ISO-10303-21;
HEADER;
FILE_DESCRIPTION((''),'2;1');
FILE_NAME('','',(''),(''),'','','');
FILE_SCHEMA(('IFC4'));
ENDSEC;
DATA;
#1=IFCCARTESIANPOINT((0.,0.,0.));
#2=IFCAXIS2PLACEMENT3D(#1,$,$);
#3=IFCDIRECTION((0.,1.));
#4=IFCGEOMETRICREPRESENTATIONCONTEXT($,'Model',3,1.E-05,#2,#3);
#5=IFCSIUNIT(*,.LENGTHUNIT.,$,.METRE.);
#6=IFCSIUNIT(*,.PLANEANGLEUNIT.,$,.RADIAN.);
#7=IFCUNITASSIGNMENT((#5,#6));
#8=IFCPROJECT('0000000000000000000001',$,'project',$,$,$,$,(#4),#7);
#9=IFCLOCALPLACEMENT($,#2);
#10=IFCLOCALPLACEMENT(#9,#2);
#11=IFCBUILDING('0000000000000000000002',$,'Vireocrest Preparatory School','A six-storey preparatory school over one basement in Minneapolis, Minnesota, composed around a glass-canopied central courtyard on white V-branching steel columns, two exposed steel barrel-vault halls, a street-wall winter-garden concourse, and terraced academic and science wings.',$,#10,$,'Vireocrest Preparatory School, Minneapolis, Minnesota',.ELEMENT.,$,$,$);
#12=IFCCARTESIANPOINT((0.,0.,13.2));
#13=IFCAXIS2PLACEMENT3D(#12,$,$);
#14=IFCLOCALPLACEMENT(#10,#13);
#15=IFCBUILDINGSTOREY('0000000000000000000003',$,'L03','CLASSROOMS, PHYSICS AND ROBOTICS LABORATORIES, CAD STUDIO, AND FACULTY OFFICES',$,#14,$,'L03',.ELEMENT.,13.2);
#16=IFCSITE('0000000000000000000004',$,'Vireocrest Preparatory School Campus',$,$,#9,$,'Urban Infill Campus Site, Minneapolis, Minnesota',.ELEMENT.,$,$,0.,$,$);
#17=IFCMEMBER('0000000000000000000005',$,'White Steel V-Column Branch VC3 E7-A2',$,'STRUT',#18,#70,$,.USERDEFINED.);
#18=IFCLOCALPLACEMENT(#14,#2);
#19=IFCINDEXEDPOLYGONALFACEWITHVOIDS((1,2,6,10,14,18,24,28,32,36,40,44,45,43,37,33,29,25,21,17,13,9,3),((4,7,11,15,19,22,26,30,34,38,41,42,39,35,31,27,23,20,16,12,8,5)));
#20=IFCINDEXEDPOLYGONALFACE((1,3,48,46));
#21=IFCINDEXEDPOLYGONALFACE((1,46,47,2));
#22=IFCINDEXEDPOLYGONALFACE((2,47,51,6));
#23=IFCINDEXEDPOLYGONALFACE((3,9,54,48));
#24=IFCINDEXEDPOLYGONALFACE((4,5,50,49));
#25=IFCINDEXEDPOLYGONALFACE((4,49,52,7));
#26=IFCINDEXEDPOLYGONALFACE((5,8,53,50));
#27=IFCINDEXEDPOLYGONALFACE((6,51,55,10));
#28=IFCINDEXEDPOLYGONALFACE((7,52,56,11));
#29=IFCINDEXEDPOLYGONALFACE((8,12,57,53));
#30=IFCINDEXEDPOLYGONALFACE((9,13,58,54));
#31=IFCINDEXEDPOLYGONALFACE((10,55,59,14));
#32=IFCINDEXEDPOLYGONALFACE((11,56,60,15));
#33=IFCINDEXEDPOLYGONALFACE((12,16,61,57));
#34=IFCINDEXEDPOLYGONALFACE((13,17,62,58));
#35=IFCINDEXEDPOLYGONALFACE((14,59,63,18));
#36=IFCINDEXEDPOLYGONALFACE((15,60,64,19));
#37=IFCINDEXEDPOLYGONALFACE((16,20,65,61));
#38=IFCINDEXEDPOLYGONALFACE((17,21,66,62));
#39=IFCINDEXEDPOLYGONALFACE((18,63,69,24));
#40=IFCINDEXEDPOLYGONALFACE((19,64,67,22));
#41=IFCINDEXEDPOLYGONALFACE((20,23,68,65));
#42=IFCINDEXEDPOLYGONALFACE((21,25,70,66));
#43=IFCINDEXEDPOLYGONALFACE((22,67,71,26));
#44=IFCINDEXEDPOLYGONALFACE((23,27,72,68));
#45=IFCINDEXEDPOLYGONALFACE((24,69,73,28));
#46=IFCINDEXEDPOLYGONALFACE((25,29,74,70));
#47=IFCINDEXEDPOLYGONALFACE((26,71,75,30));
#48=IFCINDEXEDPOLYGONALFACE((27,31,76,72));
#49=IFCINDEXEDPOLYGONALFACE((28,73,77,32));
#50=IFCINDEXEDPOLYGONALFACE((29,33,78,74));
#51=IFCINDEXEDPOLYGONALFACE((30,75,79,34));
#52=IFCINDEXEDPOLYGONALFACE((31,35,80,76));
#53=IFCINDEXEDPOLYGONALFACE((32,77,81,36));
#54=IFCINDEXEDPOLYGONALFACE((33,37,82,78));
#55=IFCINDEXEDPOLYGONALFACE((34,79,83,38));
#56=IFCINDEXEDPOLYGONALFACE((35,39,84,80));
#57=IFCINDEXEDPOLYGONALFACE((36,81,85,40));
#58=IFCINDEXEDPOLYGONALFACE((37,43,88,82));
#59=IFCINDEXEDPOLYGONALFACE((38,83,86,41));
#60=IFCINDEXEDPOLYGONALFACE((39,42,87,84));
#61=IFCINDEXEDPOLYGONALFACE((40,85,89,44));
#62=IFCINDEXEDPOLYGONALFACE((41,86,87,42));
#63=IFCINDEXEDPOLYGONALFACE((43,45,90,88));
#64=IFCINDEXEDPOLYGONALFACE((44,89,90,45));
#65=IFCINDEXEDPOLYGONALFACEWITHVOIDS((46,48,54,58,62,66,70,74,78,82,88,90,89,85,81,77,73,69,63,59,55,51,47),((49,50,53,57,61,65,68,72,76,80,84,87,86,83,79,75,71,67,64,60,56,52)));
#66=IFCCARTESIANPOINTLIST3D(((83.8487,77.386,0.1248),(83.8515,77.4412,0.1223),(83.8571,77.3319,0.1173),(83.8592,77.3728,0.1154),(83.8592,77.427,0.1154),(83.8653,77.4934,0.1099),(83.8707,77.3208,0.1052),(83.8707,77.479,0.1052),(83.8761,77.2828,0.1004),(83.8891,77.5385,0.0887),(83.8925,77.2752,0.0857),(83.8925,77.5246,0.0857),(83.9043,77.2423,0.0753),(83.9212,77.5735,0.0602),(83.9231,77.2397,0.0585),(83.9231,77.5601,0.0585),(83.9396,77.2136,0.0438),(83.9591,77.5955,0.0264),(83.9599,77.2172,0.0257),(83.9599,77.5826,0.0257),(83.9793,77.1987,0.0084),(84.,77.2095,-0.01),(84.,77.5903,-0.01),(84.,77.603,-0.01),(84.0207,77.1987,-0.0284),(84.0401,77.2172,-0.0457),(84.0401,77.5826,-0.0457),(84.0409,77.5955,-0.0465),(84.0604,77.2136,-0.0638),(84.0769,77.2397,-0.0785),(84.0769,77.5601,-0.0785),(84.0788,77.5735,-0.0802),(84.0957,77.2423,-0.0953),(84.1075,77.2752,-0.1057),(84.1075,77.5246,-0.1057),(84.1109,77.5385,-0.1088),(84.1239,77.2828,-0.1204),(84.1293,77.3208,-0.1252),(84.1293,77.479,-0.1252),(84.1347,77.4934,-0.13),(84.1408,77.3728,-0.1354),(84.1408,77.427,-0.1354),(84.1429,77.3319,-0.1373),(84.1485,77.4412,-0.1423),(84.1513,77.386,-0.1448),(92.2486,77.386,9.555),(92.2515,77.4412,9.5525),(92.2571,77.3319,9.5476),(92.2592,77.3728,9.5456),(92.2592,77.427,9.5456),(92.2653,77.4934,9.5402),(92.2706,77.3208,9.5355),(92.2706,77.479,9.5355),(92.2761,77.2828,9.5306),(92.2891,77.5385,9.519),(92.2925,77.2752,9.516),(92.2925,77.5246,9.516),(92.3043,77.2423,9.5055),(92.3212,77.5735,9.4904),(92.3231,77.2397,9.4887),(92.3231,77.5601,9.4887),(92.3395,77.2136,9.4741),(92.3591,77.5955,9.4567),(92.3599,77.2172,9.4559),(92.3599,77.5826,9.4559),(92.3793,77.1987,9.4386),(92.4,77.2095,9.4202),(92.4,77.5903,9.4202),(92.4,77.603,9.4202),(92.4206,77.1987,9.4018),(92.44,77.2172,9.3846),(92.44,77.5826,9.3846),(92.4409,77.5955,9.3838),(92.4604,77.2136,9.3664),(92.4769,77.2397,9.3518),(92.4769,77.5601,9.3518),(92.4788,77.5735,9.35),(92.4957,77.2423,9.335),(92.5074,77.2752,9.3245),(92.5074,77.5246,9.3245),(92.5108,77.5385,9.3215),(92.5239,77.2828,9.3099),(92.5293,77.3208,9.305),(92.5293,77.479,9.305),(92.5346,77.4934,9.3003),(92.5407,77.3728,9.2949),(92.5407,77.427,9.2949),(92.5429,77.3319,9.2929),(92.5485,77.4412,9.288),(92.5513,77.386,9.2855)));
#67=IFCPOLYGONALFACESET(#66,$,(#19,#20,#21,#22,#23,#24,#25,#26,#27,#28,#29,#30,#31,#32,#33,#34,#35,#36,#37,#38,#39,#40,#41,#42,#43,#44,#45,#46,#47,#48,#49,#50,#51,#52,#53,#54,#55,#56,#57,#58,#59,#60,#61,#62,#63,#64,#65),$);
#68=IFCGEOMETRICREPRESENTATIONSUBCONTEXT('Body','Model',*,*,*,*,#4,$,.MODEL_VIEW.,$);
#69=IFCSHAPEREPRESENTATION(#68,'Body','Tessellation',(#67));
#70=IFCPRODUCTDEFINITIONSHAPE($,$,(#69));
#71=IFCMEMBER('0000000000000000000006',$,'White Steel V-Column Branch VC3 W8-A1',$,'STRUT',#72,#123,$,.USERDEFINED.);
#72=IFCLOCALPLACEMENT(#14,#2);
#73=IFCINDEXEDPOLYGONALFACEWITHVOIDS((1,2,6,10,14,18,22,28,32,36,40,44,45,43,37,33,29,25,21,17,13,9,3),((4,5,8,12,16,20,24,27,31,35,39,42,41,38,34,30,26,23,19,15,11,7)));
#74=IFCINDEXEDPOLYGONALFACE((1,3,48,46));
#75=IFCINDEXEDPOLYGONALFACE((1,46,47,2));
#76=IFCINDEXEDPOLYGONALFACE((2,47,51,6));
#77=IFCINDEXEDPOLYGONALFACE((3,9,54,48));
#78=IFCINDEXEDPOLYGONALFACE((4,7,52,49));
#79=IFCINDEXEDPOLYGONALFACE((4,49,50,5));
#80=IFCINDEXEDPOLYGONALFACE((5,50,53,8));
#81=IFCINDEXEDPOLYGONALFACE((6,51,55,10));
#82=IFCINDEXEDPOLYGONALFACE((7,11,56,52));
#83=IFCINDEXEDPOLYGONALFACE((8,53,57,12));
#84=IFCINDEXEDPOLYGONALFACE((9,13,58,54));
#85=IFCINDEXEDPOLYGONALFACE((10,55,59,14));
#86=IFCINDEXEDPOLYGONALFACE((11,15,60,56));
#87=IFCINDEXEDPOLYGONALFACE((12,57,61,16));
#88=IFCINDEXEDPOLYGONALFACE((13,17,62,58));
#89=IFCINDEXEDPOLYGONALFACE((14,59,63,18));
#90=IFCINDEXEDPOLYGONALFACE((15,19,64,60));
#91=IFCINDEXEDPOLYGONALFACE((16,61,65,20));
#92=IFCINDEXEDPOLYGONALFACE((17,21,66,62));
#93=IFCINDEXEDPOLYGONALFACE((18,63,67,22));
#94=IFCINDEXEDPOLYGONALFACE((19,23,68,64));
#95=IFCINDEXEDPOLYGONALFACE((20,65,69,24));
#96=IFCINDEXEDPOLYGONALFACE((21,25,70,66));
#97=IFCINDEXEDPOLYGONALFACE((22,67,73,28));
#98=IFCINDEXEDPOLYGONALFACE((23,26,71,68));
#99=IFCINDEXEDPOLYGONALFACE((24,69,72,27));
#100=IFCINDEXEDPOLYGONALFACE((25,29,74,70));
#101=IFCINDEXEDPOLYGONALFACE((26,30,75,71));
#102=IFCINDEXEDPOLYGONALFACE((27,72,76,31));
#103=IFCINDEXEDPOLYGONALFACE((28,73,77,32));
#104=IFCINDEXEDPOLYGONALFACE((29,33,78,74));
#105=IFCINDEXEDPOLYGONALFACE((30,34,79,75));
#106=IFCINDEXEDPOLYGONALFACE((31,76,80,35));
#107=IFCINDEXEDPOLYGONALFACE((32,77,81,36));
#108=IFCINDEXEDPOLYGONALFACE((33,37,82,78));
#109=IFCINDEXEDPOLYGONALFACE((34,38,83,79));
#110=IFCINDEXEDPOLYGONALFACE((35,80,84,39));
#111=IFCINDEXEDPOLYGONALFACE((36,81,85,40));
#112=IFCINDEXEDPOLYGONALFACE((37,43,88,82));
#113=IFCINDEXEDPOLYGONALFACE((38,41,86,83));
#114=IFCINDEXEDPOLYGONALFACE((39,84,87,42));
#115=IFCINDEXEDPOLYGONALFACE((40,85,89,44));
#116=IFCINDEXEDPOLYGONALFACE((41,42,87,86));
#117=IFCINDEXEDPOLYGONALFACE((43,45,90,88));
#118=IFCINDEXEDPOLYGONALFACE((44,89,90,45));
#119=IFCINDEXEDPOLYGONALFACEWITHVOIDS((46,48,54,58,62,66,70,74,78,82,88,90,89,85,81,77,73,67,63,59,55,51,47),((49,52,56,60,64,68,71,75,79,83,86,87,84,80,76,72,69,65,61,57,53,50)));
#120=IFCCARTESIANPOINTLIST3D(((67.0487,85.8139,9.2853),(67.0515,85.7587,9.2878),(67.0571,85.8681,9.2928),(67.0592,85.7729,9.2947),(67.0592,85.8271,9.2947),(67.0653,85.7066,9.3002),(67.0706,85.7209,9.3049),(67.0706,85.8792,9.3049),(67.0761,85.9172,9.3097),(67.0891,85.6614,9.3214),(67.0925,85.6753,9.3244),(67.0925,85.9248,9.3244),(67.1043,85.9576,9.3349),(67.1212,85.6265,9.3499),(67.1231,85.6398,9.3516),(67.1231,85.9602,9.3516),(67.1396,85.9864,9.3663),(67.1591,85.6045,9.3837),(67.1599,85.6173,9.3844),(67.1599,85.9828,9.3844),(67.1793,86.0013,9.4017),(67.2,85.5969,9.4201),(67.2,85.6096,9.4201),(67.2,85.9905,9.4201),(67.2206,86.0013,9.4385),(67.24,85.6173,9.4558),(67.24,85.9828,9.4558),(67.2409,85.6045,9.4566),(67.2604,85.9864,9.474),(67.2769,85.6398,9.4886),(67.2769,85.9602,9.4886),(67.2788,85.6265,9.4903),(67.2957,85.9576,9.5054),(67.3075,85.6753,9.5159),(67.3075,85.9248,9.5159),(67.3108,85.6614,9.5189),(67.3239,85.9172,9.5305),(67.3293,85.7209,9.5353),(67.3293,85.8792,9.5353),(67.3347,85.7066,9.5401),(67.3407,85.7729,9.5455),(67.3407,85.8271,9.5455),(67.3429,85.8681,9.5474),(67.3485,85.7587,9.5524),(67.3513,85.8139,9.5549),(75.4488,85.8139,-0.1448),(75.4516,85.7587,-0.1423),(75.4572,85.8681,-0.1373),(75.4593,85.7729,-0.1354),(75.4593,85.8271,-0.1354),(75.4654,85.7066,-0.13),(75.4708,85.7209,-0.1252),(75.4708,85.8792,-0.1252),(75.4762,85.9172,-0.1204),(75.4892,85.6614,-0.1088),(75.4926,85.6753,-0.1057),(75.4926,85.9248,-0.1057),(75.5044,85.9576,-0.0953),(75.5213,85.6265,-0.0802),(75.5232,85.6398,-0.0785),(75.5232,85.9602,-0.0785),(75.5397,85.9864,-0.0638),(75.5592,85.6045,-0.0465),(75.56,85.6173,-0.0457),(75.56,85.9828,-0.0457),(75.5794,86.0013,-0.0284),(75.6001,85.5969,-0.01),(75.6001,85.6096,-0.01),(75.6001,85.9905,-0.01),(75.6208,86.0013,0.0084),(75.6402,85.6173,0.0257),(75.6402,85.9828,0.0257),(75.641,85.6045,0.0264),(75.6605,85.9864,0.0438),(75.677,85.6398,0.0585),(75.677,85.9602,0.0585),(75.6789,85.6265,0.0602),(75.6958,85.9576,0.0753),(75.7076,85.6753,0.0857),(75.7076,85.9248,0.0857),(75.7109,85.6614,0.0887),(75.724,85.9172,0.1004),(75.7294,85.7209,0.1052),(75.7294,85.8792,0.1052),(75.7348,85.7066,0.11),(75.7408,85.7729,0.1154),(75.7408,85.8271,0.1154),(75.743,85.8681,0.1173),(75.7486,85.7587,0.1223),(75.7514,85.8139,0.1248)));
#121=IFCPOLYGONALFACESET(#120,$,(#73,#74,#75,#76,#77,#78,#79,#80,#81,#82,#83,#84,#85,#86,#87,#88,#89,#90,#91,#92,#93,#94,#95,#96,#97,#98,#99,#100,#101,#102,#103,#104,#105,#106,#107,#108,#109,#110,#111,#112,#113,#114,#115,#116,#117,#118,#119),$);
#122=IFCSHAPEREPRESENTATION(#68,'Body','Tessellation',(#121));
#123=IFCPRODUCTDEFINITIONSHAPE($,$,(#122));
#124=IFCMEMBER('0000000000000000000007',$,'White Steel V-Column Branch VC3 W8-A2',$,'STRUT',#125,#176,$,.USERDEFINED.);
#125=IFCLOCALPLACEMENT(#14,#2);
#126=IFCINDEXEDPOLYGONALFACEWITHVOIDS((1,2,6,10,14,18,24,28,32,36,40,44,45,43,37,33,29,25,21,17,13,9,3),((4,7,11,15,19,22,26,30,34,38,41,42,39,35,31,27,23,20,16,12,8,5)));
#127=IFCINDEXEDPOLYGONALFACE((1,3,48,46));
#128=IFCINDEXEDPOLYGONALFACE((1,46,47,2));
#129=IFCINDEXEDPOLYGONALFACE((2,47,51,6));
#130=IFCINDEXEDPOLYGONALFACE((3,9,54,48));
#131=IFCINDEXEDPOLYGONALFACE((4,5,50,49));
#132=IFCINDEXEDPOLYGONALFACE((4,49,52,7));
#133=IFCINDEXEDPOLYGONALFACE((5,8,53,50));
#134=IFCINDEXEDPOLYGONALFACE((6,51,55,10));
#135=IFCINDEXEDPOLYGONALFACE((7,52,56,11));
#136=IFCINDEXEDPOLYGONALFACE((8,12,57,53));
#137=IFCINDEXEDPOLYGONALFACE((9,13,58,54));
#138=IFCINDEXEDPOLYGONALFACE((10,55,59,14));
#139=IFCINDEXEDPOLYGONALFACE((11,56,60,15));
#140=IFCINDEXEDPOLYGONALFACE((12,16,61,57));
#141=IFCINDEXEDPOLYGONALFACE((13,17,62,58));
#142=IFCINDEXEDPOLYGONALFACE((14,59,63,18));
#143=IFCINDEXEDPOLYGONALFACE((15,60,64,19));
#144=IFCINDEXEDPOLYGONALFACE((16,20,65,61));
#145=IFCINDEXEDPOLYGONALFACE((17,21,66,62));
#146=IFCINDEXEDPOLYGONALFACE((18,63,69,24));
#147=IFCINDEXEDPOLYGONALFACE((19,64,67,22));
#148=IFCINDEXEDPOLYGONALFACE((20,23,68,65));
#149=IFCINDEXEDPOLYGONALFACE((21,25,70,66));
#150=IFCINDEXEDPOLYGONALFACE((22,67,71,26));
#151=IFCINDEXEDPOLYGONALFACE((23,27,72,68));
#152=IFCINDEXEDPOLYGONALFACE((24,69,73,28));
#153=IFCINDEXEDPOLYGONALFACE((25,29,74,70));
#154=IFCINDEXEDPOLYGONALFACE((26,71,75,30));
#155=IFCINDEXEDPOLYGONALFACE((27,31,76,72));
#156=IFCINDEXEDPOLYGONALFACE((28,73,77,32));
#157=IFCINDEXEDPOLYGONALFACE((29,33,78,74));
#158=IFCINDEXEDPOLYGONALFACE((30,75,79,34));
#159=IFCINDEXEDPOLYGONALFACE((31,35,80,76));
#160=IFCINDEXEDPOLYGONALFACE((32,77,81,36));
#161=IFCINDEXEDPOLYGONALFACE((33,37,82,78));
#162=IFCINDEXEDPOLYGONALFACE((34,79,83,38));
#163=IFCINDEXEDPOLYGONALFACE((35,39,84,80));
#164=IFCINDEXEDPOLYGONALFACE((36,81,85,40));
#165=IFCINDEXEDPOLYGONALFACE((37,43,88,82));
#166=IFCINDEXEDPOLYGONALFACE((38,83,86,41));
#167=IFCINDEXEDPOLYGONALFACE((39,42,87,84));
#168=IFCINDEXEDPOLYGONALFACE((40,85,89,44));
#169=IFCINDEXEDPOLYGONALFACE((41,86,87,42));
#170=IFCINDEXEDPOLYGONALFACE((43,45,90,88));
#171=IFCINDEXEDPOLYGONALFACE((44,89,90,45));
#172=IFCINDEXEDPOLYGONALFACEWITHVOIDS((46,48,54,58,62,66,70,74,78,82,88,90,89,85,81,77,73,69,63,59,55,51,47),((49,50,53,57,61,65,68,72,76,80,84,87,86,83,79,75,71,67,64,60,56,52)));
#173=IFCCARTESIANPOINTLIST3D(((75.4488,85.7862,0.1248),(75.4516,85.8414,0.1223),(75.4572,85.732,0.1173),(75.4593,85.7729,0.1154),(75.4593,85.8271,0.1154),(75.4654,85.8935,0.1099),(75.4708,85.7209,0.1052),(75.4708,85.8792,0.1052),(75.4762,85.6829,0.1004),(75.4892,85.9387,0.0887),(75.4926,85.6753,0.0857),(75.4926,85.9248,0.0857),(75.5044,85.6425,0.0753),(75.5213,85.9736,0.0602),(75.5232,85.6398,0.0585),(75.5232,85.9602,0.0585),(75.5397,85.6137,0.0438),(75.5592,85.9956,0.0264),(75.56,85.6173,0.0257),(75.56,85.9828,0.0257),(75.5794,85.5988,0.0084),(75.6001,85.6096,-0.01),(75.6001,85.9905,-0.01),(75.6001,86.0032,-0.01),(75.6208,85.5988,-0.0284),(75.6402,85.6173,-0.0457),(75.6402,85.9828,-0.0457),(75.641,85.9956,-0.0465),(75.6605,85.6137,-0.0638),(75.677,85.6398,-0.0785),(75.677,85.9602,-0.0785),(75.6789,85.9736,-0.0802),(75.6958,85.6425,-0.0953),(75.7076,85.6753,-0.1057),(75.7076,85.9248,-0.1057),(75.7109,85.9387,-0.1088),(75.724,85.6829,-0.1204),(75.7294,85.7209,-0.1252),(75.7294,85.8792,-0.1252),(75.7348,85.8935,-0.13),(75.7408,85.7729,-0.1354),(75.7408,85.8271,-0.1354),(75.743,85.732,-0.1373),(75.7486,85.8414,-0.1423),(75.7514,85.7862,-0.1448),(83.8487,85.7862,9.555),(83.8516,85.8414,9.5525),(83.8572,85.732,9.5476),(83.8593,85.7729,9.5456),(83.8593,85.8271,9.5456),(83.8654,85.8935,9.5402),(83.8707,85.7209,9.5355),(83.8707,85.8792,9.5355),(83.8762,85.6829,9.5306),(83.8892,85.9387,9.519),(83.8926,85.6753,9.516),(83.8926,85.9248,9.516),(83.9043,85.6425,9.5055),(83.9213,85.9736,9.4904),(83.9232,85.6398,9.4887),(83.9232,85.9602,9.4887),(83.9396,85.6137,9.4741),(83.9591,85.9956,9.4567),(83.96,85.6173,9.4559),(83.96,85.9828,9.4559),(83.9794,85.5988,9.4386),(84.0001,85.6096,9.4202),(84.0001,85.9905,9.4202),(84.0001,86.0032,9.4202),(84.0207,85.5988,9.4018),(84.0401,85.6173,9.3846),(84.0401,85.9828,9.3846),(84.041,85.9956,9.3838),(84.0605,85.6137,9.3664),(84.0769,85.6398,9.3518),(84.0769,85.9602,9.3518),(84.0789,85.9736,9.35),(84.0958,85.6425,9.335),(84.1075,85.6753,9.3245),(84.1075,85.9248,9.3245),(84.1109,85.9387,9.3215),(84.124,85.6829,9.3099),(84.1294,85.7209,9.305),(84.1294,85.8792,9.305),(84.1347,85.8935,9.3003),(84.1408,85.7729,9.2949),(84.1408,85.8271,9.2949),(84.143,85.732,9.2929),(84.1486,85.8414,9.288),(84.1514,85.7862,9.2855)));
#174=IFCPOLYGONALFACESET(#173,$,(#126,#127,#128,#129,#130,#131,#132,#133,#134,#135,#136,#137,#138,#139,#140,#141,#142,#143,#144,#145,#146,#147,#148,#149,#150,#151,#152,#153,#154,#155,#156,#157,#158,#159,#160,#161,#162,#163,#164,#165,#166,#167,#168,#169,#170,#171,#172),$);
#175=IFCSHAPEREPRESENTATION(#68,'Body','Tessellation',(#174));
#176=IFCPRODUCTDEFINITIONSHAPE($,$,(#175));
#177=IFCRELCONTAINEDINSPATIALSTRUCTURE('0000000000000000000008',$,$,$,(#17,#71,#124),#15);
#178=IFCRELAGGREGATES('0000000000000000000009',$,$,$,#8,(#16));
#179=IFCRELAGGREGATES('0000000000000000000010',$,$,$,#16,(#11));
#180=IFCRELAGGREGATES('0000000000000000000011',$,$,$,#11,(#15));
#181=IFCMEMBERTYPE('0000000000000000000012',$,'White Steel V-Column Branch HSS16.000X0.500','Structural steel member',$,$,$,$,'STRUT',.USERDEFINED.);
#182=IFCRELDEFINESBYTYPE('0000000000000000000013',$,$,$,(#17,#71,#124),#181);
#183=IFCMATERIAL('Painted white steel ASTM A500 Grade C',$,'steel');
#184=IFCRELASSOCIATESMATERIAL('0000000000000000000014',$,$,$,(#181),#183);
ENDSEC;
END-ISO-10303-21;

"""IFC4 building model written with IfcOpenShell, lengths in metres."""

from ifc_helpers import new_model, si_unit, direction, frame, origin, origin_2d, place, context, subcontext, project, spatial, hollow_circle, extrude, material, material_profile, profile_set, type_object, element, save


model = new_model("IFC4")

# Units and contexts
model_context = context("Model", 3, precision=1e-05, world=origin(), true_north=direction((0.0, 1.0)))
body_context = subcontext(model_context, "Body", "Model", "MODEL_VIEW")
ifc_project = project(units=[si_unit("LENGTHUNIT", "METRE"), si_unit("PLANEANGLEUNIT", "RADIAN")], contexts=[model_context])

# Site, building, storey
site_placement = place(None, origin())
site = spatial("IfcSite", under=ifc_project, at=site_placement, Name="Vireocrest Preparatory School Campus", LongName="Urban Infill Campus Site, Minneapolis, Minnesota", CompositionType="ELEMENT", RefElevation=0.0)
building_placement = place(site_placement, origin())
building = spatial("IfcBuilding", under=site, at=building_placement, Name="Vireocrest Preparatory School", Description="A six-storey preparatory school over one basement in Minneapolis, Minnesota, composed around a glass-canopied central courtyard on white V-branching steel columns, two exposed steel barrel-vault halls, a street-wall winter-garden concourse, and terraced academic and science wings.", LongName="Vireocrest Preparatory School, Minneapolis, Minnesota", CompositionType="ELEMENT")
storey_placement = place(building_placement, frame((0.0, 0.0, 13.2)))
storey = spatial("IfcBuildingStorey", under=building, at=storey_placement, Name="L03", Description="CLASSROOMS, PHYSICS AND ROBOTICS LABORATORIES, CAD STUDIO, AND FACULTY OFFICES", LongName="L03", CompositionType="ELEMENT", Elevation=13.2)

# Members
ifc_material_1 = material(Name="Painted white steel ASTM A500 Grade C", Category="steel")
ifc_material_profile_1 = material_profile(ifc_material_1, hollow_circle(Radius=0.2031, WallThickness=0.0127, at=origin_2d()), Name="HSS16.000X0.500")
ifc_profile_set_1 = profile_set([ifc_material_profile_1], Name="Painted white steel ASTM A500 Grade C")
member_type_1 = type_object("IfcMemberType", Name="White Steel V-Column Branch HSS16.000X0.500", Description="Structural steel member", ElementType="STRUT", PredefinedType="USERDEFINED", material=ifc_profile_set_1)
for number, where, z_axis, x_axis, name in (
    (1, (84.0, 77.3999, -0.01), (0.665139, 0.0, 0.74672), (0.0, 1.0, 0.0), "White Steel V-Column Branch VC3 E7-A2"),
    (2, (75.6001, 85.8, -0.01), (-0.665149, 0.0, 0.74671), (0.0, -1.0, 0.0), "White Steel V-Column Branch VC3 W8-A1"),
    (3, (75.6001, 85.8, -0.01), (0.665139, 0.0, 0.74672), (0.0, 1.0, 0.0), "White Steel V-Column Branch VC3 W8-A2"),
):
    element("IfcMember", number, at=place(storey_placement, frame(where, z_axis=z_axis, x_axis=x_axis)), inside=storey, type_object=member_type_1, Name=name, ObjectType="STRUT", PredefinedType="USERDEFINED", context=body_context, shape_type="SweptSolid", body=[
        extrude(hollow_circle(Radius=0.2031, WallThickness=0.0127, at=origin_2d()), origin(), (0.0, 0.0, 1.0), 12.6289),
    ])

save(model, "model.ifc")
